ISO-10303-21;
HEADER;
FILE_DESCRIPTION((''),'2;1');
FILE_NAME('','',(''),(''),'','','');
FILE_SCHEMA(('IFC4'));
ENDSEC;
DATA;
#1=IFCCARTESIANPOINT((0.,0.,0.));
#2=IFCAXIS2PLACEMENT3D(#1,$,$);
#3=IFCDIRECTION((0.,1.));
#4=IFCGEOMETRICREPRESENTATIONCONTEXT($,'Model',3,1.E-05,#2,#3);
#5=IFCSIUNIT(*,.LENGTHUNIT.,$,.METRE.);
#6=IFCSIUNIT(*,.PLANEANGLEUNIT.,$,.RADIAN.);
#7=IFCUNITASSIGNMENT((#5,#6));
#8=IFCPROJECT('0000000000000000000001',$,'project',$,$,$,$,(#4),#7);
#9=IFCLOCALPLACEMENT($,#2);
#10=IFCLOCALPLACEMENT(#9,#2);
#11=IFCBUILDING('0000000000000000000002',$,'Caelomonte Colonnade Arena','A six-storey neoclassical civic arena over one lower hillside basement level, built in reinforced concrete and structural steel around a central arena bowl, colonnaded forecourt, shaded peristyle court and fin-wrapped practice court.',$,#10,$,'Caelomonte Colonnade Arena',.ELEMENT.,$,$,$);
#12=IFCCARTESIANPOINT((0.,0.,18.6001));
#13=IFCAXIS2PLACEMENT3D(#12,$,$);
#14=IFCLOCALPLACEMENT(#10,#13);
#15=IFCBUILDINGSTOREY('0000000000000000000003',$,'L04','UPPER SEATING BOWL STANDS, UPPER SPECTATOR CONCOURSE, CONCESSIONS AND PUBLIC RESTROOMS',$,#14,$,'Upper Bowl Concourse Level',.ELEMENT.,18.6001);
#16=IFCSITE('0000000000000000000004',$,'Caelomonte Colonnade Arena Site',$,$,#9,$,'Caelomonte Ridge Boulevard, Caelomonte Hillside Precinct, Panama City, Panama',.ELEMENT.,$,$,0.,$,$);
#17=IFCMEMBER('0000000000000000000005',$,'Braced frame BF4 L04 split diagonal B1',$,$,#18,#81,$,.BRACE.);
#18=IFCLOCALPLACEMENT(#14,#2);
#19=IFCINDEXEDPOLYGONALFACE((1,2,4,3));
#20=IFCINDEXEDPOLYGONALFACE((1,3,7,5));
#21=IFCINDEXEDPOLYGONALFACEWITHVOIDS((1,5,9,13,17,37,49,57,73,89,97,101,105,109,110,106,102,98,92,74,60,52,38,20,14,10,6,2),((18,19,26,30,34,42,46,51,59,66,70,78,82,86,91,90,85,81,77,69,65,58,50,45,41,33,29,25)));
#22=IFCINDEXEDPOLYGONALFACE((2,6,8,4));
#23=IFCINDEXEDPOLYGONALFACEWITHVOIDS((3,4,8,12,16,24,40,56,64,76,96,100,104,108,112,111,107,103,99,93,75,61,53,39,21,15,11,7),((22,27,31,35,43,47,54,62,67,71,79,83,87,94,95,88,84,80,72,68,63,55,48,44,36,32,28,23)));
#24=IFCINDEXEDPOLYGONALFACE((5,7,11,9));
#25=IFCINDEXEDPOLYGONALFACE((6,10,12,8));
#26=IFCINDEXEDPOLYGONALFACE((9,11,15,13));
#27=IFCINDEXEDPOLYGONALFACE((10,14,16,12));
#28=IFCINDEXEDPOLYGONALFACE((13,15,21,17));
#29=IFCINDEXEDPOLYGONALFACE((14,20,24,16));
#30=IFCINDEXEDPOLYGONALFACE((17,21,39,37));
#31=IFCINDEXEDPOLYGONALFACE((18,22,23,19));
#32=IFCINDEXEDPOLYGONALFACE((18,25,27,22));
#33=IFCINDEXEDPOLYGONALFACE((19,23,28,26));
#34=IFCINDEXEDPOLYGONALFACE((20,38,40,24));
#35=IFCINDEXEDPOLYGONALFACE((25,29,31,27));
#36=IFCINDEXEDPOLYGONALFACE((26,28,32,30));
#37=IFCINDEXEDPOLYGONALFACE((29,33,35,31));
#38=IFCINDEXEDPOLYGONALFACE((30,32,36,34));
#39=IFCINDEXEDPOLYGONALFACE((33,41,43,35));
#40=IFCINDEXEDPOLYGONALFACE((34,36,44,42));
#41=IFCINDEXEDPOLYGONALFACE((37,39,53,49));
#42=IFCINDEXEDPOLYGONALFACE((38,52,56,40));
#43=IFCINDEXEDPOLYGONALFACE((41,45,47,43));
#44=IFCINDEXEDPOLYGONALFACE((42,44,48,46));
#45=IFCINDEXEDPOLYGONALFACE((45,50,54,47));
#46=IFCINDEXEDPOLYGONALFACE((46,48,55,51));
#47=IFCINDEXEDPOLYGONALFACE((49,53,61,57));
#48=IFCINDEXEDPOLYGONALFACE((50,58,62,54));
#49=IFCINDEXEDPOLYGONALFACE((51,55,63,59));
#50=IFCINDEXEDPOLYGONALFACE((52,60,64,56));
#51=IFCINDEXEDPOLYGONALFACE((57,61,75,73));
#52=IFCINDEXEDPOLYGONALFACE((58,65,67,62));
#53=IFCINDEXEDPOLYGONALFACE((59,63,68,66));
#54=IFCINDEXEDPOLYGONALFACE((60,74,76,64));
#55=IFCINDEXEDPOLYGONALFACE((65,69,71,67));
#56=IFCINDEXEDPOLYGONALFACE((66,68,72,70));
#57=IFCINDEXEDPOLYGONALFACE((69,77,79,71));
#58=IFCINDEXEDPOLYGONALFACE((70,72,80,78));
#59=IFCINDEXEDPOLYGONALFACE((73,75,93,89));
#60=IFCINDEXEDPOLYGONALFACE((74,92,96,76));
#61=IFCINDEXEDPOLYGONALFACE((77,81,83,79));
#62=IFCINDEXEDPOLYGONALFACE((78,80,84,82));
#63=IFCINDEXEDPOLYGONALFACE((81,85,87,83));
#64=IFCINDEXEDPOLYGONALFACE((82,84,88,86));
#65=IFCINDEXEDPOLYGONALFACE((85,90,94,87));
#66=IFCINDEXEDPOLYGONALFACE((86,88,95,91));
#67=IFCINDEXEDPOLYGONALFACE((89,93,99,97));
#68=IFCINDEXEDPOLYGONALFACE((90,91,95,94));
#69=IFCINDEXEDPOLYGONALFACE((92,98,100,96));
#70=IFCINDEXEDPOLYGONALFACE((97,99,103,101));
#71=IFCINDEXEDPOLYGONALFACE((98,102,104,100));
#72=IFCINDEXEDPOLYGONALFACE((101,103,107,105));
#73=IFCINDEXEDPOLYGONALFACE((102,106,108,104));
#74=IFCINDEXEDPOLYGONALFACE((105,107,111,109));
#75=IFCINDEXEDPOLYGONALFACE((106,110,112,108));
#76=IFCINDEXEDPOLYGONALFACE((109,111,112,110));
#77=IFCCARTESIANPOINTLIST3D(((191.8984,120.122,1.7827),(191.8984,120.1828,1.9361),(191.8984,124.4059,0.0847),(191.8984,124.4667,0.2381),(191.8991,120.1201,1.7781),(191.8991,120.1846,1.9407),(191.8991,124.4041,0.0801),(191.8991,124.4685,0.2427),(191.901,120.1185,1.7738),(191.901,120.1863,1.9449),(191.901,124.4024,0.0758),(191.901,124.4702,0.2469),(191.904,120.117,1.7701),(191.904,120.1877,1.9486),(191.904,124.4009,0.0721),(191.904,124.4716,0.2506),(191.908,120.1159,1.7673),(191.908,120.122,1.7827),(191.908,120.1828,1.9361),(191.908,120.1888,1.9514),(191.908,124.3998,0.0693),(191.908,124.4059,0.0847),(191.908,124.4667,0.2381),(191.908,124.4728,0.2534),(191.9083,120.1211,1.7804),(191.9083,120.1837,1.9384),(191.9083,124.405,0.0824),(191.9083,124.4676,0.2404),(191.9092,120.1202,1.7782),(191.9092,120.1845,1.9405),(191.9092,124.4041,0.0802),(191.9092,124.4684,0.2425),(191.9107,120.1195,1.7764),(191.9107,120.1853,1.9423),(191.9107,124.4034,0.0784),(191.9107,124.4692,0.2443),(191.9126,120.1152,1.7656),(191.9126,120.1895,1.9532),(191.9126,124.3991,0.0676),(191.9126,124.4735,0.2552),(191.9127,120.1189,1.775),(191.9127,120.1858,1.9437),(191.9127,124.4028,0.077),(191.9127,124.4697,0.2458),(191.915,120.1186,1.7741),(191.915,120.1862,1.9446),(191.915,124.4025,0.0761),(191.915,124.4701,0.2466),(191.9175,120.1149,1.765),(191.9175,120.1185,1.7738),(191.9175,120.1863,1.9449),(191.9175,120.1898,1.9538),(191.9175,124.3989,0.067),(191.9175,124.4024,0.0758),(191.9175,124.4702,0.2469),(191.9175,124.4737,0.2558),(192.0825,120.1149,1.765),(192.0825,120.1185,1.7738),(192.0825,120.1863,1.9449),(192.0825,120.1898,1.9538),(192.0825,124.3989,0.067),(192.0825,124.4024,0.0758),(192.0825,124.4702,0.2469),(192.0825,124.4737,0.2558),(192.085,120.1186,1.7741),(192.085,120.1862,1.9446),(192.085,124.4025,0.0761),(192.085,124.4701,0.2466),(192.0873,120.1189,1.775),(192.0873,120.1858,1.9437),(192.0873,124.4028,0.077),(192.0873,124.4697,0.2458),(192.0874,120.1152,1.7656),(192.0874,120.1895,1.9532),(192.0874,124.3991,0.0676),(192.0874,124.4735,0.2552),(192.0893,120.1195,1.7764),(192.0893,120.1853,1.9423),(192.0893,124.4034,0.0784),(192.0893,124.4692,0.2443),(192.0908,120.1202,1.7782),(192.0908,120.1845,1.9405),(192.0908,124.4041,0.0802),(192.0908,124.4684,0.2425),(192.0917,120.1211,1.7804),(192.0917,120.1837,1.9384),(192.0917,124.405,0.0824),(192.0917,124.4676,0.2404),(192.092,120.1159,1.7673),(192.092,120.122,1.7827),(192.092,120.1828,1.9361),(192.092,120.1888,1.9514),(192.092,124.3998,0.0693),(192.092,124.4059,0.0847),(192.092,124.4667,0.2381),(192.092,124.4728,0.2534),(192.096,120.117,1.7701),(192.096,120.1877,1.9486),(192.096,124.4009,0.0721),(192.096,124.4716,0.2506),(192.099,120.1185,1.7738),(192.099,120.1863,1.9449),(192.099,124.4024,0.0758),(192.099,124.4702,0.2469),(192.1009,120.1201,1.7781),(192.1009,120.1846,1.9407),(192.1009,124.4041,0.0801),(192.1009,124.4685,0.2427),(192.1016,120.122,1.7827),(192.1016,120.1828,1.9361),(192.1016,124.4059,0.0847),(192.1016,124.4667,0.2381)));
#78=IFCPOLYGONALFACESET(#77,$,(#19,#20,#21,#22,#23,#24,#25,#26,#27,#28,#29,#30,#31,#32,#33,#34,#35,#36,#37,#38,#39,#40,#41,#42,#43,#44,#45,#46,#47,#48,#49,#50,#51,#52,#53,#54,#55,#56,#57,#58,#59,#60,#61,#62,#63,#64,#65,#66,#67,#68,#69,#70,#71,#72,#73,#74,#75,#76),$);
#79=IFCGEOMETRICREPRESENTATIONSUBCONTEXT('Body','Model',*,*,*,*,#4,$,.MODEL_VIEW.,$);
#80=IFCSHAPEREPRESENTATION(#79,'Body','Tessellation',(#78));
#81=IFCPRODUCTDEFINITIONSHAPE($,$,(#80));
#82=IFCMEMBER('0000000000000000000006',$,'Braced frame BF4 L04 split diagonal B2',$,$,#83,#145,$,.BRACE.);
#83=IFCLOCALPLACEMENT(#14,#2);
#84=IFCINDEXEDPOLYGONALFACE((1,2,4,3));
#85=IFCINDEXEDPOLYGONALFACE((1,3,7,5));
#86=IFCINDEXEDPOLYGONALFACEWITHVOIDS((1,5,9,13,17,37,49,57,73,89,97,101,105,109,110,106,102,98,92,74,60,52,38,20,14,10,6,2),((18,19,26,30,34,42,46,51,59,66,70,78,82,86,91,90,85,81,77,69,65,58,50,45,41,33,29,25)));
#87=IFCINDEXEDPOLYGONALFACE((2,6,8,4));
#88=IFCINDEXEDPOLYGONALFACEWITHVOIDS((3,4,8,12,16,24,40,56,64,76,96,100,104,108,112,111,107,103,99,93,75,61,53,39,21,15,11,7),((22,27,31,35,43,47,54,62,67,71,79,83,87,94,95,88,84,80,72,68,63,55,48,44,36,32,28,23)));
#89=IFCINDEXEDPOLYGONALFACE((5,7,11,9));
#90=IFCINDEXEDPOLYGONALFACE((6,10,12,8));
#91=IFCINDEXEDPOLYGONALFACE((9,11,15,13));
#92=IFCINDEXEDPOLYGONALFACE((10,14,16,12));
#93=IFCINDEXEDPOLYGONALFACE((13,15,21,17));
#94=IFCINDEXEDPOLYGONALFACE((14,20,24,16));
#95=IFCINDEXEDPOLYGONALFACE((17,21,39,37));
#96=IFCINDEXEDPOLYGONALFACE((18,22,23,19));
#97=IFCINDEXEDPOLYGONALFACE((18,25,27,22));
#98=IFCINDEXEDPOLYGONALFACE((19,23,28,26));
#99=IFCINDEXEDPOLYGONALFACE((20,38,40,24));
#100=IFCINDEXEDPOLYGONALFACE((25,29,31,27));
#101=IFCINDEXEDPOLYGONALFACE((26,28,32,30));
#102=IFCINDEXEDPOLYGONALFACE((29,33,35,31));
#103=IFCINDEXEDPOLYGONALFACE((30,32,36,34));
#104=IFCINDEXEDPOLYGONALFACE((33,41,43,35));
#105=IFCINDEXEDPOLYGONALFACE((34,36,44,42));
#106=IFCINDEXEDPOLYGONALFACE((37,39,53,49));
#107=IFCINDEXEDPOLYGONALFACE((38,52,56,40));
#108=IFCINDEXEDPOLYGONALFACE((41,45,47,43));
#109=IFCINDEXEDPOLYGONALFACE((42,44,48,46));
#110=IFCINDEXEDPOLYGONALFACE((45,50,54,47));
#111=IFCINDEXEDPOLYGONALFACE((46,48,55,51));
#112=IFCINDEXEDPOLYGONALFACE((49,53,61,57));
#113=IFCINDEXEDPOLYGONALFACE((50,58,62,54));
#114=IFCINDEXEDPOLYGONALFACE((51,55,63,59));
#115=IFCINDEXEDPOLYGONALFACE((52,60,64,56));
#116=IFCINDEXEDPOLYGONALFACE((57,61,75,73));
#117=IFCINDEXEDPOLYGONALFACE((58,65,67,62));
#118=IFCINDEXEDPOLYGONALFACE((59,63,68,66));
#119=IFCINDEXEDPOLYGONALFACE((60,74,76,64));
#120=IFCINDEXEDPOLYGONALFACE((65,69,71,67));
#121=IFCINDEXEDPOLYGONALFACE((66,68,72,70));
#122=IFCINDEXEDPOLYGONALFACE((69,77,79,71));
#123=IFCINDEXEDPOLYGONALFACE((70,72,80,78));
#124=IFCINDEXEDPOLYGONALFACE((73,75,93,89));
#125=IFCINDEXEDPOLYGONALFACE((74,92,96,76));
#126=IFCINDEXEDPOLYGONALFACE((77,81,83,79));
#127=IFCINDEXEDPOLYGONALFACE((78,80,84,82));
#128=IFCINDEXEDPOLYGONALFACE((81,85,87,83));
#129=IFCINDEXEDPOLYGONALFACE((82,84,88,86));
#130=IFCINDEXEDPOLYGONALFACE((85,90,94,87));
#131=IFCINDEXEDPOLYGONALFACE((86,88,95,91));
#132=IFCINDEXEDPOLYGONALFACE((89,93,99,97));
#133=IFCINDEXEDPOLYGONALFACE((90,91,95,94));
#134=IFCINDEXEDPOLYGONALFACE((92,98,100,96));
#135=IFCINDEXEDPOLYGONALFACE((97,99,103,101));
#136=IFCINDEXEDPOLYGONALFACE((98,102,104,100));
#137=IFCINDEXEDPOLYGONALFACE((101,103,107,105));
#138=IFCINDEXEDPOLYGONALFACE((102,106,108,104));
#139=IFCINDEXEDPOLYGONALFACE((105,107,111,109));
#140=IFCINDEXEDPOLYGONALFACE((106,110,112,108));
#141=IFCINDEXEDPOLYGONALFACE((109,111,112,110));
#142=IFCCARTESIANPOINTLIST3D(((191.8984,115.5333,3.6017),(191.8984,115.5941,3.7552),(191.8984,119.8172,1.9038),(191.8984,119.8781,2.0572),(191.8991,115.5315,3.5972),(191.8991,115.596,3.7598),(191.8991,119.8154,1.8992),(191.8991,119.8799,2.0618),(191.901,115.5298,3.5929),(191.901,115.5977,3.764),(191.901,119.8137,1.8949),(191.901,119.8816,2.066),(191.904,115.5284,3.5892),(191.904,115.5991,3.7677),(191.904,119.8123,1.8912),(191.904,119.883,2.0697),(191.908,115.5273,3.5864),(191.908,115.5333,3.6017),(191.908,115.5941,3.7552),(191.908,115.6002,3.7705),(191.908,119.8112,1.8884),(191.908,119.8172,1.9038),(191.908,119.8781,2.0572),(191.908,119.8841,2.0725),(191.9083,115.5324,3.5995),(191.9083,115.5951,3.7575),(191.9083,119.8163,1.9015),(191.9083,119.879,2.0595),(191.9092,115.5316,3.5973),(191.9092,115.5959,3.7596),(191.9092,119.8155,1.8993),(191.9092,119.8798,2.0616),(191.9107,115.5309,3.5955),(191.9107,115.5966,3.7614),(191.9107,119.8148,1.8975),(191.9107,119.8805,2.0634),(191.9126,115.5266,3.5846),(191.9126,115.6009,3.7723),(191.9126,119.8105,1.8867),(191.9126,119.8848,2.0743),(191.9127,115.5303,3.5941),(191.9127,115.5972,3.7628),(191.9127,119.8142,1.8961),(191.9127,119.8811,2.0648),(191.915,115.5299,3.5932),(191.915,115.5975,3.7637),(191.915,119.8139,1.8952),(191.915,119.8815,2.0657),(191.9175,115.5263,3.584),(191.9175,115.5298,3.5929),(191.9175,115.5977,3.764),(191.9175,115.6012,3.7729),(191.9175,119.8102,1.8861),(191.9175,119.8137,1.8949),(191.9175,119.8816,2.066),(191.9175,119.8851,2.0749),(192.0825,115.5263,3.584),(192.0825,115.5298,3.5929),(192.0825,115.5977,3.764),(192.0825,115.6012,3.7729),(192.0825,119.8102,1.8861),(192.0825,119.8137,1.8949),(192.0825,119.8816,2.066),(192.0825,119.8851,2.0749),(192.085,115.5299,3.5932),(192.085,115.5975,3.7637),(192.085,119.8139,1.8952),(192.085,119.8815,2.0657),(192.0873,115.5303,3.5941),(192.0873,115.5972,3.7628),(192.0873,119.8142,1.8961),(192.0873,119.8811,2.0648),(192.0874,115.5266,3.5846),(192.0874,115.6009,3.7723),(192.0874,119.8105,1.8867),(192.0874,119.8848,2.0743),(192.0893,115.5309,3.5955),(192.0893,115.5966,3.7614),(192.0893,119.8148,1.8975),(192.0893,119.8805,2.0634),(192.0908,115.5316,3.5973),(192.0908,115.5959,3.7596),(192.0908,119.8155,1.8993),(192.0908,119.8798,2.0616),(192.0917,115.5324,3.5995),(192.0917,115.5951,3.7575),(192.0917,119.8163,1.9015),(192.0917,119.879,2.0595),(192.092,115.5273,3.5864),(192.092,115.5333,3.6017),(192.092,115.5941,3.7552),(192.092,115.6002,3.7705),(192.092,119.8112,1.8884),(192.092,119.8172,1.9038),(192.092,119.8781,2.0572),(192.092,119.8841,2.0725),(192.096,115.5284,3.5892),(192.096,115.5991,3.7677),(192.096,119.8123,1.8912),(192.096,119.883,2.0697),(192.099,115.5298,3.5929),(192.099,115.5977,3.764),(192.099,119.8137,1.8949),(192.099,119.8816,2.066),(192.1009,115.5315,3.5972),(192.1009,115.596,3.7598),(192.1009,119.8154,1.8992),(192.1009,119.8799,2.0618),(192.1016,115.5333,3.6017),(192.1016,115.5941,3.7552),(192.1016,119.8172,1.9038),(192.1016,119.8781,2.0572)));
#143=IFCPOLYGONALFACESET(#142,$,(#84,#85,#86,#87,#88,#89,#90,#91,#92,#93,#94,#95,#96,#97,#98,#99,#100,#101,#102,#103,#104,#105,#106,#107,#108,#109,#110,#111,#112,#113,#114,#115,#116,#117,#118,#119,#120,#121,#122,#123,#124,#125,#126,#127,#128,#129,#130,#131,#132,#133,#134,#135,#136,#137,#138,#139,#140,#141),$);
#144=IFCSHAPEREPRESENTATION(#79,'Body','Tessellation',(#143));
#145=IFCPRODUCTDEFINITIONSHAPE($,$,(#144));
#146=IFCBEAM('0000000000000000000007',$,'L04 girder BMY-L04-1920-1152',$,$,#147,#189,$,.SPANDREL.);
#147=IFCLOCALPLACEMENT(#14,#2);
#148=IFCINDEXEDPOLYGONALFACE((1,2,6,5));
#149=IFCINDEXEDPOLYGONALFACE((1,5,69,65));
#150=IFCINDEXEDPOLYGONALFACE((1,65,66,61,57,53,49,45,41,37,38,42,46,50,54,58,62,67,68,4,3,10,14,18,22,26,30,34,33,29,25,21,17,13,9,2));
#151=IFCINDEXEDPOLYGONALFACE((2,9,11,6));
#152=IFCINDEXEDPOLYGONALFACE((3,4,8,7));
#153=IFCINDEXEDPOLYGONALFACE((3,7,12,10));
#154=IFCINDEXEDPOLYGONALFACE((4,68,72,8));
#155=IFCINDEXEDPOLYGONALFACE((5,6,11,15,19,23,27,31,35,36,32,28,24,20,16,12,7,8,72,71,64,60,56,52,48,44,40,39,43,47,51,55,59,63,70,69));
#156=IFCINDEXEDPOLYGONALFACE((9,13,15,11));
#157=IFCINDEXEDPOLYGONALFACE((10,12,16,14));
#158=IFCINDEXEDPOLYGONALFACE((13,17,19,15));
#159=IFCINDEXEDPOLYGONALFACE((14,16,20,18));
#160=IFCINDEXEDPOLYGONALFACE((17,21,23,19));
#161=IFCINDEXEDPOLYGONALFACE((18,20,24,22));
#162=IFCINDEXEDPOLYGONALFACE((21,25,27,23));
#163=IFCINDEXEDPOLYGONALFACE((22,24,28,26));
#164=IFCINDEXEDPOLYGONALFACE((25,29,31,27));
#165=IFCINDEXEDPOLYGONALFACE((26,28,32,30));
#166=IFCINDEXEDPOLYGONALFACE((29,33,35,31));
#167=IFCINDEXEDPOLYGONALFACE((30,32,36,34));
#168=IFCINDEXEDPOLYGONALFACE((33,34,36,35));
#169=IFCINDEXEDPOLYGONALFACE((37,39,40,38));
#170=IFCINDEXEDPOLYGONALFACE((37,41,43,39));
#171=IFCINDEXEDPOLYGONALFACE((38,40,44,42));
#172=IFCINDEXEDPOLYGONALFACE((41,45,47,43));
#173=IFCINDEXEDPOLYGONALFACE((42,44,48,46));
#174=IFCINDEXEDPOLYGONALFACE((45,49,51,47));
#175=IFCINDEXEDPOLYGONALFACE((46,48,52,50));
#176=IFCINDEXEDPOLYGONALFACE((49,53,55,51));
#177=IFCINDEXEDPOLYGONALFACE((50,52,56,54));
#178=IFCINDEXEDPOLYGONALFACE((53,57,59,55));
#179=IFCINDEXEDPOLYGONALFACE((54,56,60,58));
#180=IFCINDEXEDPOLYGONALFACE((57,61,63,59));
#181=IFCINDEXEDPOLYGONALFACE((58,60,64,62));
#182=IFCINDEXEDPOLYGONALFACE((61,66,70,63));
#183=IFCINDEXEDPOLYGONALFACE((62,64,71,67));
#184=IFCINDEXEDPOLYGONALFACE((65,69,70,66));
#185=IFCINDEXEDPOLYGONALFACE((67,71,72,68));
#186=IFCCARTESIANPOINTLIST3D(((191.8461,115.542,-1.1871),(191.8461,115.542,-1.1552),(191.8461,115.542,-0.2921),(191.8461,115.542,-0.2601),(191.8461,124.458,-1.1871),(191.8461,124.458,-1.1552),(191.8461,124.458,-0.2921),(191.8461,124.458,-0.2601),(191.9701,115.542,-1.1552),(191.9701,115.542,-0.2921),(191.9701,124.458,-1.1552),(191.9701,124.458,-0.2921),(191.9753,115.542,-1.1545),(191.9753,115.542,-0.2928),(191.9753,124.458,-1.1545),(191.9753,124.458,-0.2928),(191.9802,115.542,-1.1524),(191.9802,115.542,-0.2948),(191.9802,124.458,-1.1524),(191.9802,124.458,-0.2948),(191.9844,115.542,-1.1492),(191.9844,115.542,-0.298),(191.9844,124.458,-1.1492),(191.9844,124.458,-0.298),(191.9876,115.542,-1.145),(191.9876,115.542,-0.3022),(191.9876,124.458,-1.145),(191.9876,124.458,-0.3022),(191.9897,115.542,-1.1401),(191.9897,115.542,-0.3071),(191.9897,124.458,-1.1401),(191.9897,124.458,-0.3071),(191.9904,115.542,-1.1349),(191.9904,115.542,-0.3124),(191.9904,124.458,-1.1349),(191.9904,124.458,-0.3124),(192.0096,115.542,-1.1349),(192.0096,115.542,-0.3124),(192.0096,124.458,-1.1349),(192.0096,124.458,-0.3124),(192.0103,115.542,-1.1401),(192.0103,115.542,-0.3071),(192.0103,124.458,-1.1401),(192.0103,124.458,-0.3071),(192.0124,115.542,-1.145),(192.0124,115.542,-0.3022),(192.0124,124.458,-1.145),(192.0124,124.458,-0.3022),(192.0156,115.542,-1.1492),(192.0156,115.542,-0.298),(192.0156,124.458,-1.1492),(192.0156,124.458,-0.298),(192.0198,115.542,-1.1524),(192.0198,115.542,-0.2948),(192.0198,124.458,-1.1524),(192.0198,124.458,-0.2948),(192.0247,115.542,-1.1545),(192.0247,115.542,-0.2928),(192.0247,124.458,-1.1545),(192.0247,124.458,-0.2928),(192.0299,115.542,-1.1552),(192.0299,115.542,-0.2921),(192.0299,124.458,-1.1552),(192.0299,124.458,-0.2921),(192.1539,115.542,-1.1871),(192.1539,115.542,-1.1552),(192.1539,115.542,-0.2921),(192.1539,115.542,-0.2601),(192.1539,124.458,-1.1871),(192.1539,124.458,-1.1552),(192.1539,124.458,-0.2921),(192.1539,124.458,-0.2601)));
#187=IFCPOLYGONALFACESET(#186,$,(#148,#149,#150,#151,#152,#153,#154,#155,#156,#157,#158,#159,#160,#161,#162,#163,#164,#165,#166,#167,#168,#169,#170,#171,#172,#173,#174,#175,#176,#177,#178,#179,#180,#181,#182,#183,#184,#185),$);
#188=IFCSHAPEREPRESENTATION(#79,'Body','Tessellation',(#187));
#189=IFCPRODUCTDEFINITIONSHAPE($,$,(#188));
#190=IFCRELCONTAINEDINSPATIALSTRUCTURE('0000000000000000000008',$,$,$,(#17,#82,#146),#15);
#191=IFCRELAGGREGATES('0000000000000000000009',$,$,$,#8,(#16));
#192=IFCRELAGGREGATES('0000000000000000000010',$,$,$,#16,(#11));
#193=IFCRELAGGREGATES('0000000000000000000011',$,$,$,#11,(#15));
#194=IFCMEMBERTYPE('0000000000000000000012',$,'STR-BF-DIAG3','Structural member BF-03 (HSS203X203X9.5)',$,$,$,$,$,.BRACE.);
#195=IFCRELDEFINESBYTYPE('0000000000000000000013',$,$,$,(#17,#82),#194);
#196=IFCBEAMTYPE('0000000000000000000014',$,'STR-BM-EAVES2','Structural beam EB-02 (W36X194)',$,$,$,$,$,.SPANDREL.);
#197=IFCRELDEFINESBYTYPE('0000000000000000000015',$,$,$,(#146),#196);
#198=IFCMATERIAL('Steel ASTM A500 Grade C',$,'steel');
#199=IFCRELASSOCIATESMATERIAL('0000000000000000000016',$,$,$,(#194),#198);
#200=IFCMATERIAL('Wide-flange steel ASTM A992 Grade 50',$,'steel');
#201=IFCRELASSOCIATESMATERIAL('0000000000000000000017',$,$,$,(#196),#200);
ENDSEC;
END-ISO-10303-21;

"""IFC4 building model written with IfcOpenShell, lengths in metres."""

from ifc_helpers import new_model, si_unit, direction, frame, origin, origin_2d, place, context, subcontext, project, spatial, hollow_rectangle, i_section, extrude, material, material_profile, profile_set, type_object, element, save


model = new_model("IFC4")

# Units and contexts
model_context = context("Model", 3, precision=1e-05, world=origin(), true_north=direction((0.0, 1.0)))
body_context = subcontext(model_context, "Body", "Model", "MODEL_VIEW")
ifc_project = project(units=[si_unit("LENGTHUNIT", "METRE"), si_unit("PLANEANGLEUNIT", "RADIAN")], contexts=[model_context])

# Site, building, storey
site_placement = place(None, origin())
site = spatial("IfcSite", under=ifc_project, at=site_placement, Name="Caelomonte Colonnade Arena Site", LongName="Caelomonte Ridge Boulevard, Caelomonte Hillside Precinct, Panama City, Panama", CompositionType="ELEMENT", RefElevation=0.0)
building_placement = place(site_placement, origin())
building = spatial("IfcBuilding", under=site, at=building_placement, Name="Caelomonte Colonnade Arena", Description="A six-storey neoclassical civic arena over one lower hillside basement level, built in reinforced concrete and structural steel around a central arena bowl, colonnaded forecourt, shaded peristyle court and fin-wrapped practice court.", LongName="Caelomonte Colonnade Arena", CompositionType="ELEMENT")
storey_placement = place(building_placement, frame((0.0, 0.0, 18.6001)))
storey = spatial("IfcBuildingStorey", under=building, at=storey_placement, Name="L04", Description="UPPER SEATING BOWL STANDS, UPPER SPECTATOR CONCOURSE, CONCESSIONS AND PUBLIC RESTROOMS", LongName="Upper Bowl Concourse Level", CompositionType="ELEMENT", Elevation=18.6001)

# Shared definitions
ifc_material_1 = material(Name="Wide-flange steel ASTM A992 Grade 50", Category="steel")

# Members
ifc_material_2 = material(Name="Steel ASTM A500 Grade C", Category="steel")
ifc_material_profile_1 = material_profile(ifc_material_2, hollow_rectangle(XDim=0.2031, YDim=0.2031, WallThickness=0.0095, InnerFilletRadius=0.0095, OuterFilletRadius=0.019, at=origin_2d()), Name="HSS203X203X9.5")
ifc_profile_set_1 = profile_set([ifc_material_profile_1], Name="Steel ASTM A500 Grade C")
member_type = type_object("IfcMemberType", Name="STR-BF-DIAG3", Description="Structural member BF-03 (HSS203X203X9.5)", PredefinedType="BRACE", material=ifc_profile_set_1)
for number, where, z_axis, x_axis, name in (
    (1, (192.0, 124.4363, 0.1614), (0.0, -0.929638, 0.368475), (1.0, 0.0, 0.0), "Braced frame BF4 L04 split diagonal B1"),
    (2, (192.0, 119.8477, 1.9805), (0.0, -0.929638, 0.368475), (1.0, 0.0, 0.0), "Braced frame BF4 L04 split diagonal B2"),
):
    element("IfcMember", number, at=place(storey_placement, frame(where, z_axis=z_axis, x_axis=x_axis)), inside=storey, type_object=member_type, Name=name, PredefinedType="BRACE", context=body_context, shape_type="SweptSolid", body=[
        extrude(hollow_rectangle(XDim=0.2031, YDim=0.2031, WallThickness=0.0095, InnerFilletRadius=0.0095, OuterFilletRadius=0.019, at=origin_2d()), origin(), (0.0, 0.0, 1.0), 4.6082),
    ])

# Beam
ifc_material_profile_2 = material_profile(ifc_material_1, i_section(OverallWidth=0.3079, OverallDepth=0.927, WebThickness=0.0193, FlangeThickness=0.032, FilletRadius=0.0203, at=origin_2d()), Name="W36X194")
ifc_profile_set_2 = profile_set([ifc_material_profile_2], Name="Wide-flange steel ASTM A992 Grade 50")
beam_type_1 = type_object("IfcBeamType", Name="STR-BM-EAVES2", Description="Structural beam EB-02 (W36X194)", PredefinedType="SPANDREL", material=ifc_profile_set_2)
beam_1_placement = place(storey_placement, frame((192.0, 115.542, -0.7236), z_axis=(0.0, 1.0, 0.0), x_axis=(-1.0, 0.0, 0.0)))
element("IfcBeam", 3, at=beam_1_placement, inside=storey, type_object=beam_type_1, Name="L04 girder BMY-L04-1920-1152", PredefinedType="SPANDREL", context=body_context, shape_type="SweptSolid", body=[
    extrude(i_section(OverallWidth=0.3079, OverallDepth=0.927, WebThickness=0.0193, FlangeThickness=0.032, FilletRadius=0.0203, at=origin_2d()), origin(), (0.0, 0.0, 1.0), 8.916),
])

save(model, "model.ifc")
